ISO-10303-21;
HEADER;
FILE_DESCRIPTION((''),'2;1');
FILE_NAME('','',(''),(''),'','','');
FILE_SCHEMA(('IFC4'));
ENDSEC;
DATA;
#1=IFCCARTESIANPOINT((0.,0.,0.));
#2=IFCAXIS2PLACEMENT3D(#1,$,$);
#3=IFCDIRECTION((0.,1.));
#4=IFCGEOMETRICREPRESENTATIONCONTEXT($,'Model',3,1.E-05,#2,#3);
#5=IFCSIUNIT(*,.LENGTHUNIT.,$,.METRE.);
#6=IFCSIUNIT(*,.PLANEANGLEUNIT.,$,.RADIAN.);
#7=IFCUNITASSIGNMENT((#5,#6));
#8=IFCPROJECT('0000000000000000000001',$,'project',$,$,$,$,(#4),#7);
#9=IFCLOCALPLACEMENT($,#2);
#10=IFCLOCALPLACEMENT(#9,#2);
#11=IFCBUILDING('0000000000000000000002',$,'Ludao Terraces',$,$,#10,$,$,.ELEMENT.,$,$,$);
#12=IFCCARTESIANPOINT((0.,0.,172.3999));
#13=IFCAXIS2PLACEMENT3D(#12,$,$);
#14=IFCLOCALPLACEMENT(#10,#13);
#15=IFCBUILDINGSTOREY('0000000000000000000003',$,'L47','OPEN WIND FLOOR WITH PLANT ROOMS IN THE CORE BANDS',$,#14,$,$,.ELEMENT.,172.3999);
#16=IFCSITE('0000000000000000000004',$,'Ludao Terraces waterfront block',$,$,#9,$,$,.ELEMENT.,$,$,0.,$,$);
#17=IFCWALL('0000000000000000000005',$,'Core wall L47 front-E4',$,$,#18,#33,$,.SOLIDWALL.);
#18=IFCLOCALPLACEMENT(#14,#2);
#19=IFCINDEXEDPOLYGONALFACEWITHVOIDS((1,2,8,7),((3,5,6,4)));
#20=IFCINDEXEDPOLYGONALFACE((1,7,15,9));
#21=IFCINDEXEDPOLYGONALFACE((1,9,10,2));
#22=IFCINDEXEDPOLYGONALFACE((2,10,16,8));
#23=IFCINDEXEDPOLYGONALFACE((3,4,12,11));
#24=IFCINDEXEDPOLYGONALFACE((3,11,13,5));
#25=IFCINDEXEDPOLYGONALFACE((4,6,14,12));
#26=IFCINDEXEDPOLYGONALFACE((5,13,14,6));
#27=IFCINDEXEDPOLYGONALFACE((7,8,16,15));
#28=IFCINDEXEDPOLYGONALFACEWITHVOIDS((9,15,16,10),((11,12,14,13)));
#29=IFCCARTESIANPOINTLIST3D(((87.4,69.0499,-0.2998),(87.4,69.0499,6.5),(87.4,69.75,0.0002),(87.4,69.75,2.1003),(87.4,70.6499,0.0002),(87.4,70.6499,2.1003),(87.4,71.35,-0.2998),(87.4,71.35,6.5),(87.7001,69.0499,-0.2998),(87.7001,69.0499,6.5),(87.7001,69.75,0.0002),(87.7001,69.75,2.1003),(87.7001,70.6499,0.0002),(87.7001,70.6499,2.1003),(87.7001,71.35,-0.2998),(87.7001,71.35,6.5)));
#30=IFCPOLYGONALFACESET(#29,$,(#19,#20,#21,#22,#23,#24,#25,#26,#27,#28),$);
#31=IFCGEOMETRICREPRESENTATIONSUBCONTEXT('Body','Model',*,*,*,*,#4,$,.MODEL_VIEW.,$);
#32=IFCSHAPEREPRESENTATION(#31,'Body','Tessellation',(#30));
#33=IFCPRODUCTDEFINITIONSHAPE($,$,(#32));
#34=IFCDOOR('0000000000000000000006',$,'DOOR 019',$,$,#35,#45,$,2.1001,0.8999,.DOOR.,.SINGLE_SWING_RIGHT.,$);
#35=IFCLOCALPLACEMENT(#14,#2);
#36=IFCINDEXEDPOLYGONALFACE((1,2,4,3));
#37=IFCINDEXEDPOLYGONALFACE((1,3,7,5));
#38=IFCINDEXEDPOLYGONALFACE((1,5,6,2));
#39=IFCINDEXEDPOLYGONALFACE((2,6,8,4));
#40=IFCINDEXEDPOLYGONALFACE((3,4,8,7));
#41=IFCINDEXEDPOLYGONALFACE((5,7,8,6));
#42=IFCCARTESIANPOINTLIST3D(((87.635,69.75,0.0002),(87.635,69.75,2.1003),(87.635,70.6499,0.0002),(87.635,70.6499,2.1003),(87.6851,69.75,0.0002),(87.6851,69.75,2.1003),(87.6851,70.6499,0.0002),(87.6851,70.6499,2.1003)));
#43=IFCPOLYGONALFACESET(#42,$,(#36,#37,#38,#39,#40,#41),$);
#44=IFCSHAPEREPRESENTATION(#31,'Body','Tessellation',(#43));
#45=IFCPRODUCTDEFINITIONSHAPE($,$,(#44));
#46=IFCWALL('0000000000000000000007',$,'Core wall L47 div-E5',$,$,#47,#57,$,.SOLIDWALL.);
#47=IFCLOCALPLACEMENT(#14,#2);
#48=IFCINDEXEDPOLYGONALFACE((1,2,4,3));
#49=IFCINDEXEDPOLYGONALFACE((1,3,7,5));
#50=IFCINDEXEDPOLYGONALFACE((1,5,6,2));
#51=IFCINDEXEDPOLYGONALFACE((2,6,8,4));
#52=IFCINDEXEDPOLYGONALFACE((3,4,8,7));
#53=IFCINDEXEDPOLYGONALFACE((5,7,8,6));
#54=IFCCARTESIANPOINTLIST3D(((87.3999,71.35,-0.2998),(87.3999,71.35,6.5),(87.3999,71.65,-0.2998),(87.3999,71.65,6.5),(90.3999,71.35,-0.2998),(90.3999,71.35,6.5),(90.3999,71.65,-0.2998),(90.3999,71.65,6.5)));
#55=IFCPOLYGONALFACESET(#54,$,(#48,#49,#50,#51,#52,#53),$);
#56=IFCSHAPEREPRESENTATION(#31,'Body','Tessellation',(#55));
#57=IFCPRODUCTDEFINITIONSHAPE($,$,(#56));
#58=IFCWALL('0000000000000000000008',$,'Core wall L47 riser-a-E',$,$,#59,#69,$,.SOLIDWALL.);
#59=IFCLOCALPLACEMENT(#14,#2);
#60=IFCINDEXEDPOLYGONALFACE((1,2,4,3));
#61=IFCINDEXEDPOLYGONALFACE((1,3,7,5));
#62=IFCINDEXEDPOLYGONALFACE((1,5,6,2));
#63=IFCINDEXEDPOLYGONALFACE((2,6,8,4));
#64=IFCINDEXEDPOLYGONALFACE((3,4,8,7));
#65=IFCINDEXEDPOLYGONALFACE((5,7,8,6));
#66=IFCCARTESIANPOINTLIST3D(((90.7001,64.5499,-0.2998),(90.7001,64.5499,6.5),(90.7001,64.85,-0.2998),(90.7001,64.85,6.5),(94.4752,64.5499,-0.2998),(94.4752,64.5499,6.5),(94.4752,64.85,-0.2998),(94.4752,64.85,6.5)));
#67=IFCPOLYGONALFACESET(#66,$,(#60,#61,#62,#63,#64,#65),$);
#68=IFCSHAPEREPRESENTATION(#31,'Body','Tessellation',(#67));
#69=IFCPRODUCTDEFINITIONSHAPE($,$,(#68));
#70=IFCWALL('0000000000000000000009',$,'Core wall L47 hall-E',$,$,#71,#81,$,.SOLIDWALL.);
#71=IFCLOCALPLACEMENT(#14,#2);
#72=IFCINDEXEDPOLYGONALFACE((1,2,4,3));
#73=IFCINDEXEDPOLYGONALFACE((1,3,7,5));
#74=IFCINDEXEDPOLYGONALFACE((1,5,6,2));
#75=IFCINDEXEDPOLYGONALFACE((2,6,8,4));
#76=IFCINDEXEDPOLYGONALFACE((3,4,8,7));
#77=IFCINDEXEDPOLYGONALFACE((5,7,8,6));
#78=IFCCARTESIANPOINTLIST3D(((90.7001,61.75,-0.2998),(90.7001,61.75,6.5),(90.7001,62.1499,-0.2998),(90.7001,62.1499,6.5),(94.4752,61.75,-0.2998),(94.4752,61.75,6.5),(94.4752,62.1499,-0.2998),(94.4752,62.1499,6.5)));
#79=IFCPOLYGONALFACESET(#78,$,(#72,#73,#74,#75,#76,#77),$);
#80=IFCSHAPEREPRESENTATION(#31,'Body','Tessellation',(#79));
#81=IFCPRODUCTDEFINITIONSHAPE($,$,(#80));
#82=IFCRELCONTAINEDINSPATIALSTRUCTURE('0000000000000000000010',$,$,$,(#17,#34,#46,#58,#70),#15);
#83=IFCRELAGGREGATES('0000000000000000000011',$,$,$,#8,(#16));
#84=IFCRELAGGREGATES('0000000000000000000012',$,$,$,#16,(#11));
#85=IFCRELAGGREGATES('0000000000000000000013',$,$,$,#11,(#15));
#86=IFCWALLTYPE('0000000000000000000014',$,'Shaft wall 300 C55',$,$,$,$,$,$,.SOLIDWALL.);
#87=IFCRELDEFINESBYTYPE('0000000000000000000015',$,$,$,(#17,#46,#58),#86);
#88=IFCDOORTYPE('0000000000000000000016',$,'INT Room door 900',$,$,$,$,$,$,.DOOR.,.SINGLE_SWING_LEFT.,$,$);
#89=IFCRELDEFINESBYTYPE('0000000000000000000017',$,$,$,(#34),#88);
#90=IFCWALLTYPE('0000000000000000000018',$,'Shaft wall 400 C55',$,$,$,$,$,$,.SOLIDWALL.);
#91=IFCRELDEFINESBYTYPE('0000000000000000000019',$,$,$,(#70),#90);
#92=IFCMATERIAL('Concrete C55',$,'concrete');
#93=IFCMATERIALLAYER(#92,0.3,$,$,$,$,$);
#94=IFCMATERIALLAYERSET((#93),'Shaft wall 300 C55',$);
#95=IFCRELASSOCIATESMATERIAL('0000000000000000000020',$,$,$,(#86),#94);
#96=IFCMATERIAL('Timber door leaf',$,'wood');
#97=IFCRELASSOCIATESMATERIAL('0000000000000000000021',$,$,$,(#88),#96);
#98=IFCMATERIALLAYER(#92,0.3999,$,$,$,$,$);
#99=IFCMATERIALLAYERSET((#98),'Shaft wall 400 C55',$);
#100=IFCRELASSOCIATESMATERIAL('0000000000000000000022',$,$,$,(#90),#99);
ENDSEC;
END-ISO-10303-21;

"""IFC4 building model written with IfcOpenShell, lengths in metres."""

from ifc_helpers import new_model, si_unit, direction, frame, frame_2d, origin, place, context, subcontext, project, spatial, rectangle, extrude, material, layer, layer_set, type_object, element, fill, save


model = new_model("IFC4")

# Units and contexts
model_context = context("Model", 3, precision=1e-05, world=origin(), true_north=direction((0.0, 1.0)))
body_context = subcontext(model_context, "Body", "Model", "MODEL_VIEW")
ifc_project = project(units=[si_unit("LENGTHUNIT", "METRE"), si_unit("PLANEANGLEUNIT", "RADIAN")], contexts=[model_context])

# Site, building, storey
site_placement = place(None, origin())
site = spatial("IfcSite", under=ifc_project, at=site_placement, Name="Ludao Terraces waterfront block", CompositionType="ELEMENT", RefElevation=0.0)
building_placement = place(site_placement, origin())
building = spatial("IfcBuilding", under=site, at=building_placement, Name="Ludao Terraces", CompositionType="ELEMENT")
storey_placement = place(building_placement, frame((0.0, 0.0, 172.3999)))
storey = spatial("IfcBuildingStorey", under=building, at=storey_placement, Name="L47", Description="OPEN WIND FLOOR WITH PLANT ROOMS IN THE CORE BANDS", CompositionType="ELEMENT", Elevation=172.3999)

# Shared definitions
ifc_material_1 = material(Name="Concrete C55", Category="concrete")
ifc_layer_1 = layer(ifc_material_1, 0.3)
ifc_layer_set_1 = layer_set([ifc_layer_1], Name="Shaft wall 300 C55")
wall_type_1 = type_object("IfcWallType", Name="Shaft wall 300 C55", PredefinedType="SOLIDWALL", material=ifc_layer_set_1)

# Shared definitions
ifc_material_2 = material(Name="Timber door leaf", Category="wood")
door_type = type_object("IfcDoorType", Name="INT Room door 900", OperationType="SINGLE_SWING_LEFT", PredefinedType="DOOR", material=ifc_material_2)

# Wall, opening, door
wall_1_placement = place(storey_placement, frame((87.55, 69.05, -0.2998), z_axis=(0.0, 0.0, 1.0), x_axis=(0.0, 1.0, 0.0)))
wall_1 = element("IfcWall", 1, at=wall_1_placement, inside=storey, type_object=wall_type_1, Name="Core wall L47 front-E4", PredefinedType="SOLIDWALL", context=body_context, shape_type="SweptSolid", body=[
    extrude(rectangle(XDim=2.3, YDim=0.3, at=frame_2d((1.1499, 0.0))), origin(), (0.0, 0.0, 1.0), 6.7998),
])
opening_1_placement = place(wall_1_placement, frame((0.7, 0.0, 0.3)))
opening_1 = element("IfcOpeningElement", 2, at=opening_1_placement, cuts=wall_1, PredefinedType="OPENING", context=body_context, shape_type="SweptSolid", body=[
    extrude(rectangle(XDim=0.8999, YDim=2.1001, at=frame_2d((0.45, 1.05))), frame((0.0, 0.1602, 0.0), z_axis=(0.0, -1.0, 0.0), x_axis=(1.0, 0.0, 0.0)), (0.0, 0.0, 1.0), 0.3201),
])
door_1_placement = place(opening_1_placement, origin())
door_1 = element("IfcDoor", 3, at=door_1_placement, inside=storey, type_object=door_type, Name="DOOR 019", OperationType="SINGLE_SWING_RIGHT", OverallHeight=2.1001, OverallWidth=0.8999, PredefinedType="DOOR", context=body_context, shape_type="SweptSolid", body=[
    extrude(rectangle(XDim=0.8999, YDim=2.1001, at=frame_2d((0.45, 1.05))), frame((0.0, -0.085, 0.0), z_axis=(0.0, -1.0, 0.0), x_axis=(1.0, 0.0, 0.0)), (0.0, 0.0, 1.0), 0.05),
])
fill(opening_1, door_1)

# Walls
wall_2_placement = place(storey_placement, frame((87.3999, 71.5, -0.2998), z_axis=(0.0, 0.0, 1.0), x_axis=(1.0, 0.0, 0.0)))
element("IfcWall", 4, at=wall_2_placement, inside=storey, type_object=wall_type_1, Name="Core wall L47 div-E5", PredefinedType="SOLIDWALL", context=body_context, shape_type="SweptSolid", body=[
    extrude(rectangle(XDim=3.0, YDim=0.3, at=frame_2d((1.5, 0.0))), origin(), (0.0, 0.0, 1.0), 6.7998),
])
wall_3_placement = place(storey_placement, frame((90.7, 64.7, -0.2998), z_axis=(0.0, 0.0, 1.0), x_axis=(1.0, 0.0, 0.0)))
element("IfcWall", 5, at=wall_3_placement, inside=storey, type_object=wall_type_1, Name="Core wall L47 riser-a-E", PredefinedType="SOLIDWALL", context=body_context, shape_type="SweptSolid", body=[
    extrude(rectangle(XDim=3.7751, YDim=0.3, at=frame_2d((1.8877, 0.0))), origin(), (0.0, 0.0, 1.0), 6.7998),
])
ifc_layer_2 = layer(ifc_material_1, 0.3999)
ifc_layer_set_2 = layer_set([ifc_layer_2], Name="Shaft wall 400 C55")
wall_type_2 = type_object("IfcWallType", Name="Shaft wall 400 C55", PredefinedType="SOLIDWALL", material=ifc_layer_set_2)
wall_4_placement = place(storey_placement, frame((90.7, 61.95, -0.2998), z_axis=(0.0, 0.0, 1.0), x_axis=(1.0, 0.0, 0.0)))
element("IfcWall", 6, at=wall_4_placement, inside=storey, type_object=wall_type_2, Name="Core wall L47 hall-E", PredefinedType="SOLIDWALL", context=body_context, shape_type="SweptSolid", body=[
    extrude(rectangle(XDim=3.7751, YDim=0.3999, at=frame_2d((1.8877, 0.0))), origin(), (0.0, 0.0, 1.0), 6.7998),
])

save(model, "model.ifc")
